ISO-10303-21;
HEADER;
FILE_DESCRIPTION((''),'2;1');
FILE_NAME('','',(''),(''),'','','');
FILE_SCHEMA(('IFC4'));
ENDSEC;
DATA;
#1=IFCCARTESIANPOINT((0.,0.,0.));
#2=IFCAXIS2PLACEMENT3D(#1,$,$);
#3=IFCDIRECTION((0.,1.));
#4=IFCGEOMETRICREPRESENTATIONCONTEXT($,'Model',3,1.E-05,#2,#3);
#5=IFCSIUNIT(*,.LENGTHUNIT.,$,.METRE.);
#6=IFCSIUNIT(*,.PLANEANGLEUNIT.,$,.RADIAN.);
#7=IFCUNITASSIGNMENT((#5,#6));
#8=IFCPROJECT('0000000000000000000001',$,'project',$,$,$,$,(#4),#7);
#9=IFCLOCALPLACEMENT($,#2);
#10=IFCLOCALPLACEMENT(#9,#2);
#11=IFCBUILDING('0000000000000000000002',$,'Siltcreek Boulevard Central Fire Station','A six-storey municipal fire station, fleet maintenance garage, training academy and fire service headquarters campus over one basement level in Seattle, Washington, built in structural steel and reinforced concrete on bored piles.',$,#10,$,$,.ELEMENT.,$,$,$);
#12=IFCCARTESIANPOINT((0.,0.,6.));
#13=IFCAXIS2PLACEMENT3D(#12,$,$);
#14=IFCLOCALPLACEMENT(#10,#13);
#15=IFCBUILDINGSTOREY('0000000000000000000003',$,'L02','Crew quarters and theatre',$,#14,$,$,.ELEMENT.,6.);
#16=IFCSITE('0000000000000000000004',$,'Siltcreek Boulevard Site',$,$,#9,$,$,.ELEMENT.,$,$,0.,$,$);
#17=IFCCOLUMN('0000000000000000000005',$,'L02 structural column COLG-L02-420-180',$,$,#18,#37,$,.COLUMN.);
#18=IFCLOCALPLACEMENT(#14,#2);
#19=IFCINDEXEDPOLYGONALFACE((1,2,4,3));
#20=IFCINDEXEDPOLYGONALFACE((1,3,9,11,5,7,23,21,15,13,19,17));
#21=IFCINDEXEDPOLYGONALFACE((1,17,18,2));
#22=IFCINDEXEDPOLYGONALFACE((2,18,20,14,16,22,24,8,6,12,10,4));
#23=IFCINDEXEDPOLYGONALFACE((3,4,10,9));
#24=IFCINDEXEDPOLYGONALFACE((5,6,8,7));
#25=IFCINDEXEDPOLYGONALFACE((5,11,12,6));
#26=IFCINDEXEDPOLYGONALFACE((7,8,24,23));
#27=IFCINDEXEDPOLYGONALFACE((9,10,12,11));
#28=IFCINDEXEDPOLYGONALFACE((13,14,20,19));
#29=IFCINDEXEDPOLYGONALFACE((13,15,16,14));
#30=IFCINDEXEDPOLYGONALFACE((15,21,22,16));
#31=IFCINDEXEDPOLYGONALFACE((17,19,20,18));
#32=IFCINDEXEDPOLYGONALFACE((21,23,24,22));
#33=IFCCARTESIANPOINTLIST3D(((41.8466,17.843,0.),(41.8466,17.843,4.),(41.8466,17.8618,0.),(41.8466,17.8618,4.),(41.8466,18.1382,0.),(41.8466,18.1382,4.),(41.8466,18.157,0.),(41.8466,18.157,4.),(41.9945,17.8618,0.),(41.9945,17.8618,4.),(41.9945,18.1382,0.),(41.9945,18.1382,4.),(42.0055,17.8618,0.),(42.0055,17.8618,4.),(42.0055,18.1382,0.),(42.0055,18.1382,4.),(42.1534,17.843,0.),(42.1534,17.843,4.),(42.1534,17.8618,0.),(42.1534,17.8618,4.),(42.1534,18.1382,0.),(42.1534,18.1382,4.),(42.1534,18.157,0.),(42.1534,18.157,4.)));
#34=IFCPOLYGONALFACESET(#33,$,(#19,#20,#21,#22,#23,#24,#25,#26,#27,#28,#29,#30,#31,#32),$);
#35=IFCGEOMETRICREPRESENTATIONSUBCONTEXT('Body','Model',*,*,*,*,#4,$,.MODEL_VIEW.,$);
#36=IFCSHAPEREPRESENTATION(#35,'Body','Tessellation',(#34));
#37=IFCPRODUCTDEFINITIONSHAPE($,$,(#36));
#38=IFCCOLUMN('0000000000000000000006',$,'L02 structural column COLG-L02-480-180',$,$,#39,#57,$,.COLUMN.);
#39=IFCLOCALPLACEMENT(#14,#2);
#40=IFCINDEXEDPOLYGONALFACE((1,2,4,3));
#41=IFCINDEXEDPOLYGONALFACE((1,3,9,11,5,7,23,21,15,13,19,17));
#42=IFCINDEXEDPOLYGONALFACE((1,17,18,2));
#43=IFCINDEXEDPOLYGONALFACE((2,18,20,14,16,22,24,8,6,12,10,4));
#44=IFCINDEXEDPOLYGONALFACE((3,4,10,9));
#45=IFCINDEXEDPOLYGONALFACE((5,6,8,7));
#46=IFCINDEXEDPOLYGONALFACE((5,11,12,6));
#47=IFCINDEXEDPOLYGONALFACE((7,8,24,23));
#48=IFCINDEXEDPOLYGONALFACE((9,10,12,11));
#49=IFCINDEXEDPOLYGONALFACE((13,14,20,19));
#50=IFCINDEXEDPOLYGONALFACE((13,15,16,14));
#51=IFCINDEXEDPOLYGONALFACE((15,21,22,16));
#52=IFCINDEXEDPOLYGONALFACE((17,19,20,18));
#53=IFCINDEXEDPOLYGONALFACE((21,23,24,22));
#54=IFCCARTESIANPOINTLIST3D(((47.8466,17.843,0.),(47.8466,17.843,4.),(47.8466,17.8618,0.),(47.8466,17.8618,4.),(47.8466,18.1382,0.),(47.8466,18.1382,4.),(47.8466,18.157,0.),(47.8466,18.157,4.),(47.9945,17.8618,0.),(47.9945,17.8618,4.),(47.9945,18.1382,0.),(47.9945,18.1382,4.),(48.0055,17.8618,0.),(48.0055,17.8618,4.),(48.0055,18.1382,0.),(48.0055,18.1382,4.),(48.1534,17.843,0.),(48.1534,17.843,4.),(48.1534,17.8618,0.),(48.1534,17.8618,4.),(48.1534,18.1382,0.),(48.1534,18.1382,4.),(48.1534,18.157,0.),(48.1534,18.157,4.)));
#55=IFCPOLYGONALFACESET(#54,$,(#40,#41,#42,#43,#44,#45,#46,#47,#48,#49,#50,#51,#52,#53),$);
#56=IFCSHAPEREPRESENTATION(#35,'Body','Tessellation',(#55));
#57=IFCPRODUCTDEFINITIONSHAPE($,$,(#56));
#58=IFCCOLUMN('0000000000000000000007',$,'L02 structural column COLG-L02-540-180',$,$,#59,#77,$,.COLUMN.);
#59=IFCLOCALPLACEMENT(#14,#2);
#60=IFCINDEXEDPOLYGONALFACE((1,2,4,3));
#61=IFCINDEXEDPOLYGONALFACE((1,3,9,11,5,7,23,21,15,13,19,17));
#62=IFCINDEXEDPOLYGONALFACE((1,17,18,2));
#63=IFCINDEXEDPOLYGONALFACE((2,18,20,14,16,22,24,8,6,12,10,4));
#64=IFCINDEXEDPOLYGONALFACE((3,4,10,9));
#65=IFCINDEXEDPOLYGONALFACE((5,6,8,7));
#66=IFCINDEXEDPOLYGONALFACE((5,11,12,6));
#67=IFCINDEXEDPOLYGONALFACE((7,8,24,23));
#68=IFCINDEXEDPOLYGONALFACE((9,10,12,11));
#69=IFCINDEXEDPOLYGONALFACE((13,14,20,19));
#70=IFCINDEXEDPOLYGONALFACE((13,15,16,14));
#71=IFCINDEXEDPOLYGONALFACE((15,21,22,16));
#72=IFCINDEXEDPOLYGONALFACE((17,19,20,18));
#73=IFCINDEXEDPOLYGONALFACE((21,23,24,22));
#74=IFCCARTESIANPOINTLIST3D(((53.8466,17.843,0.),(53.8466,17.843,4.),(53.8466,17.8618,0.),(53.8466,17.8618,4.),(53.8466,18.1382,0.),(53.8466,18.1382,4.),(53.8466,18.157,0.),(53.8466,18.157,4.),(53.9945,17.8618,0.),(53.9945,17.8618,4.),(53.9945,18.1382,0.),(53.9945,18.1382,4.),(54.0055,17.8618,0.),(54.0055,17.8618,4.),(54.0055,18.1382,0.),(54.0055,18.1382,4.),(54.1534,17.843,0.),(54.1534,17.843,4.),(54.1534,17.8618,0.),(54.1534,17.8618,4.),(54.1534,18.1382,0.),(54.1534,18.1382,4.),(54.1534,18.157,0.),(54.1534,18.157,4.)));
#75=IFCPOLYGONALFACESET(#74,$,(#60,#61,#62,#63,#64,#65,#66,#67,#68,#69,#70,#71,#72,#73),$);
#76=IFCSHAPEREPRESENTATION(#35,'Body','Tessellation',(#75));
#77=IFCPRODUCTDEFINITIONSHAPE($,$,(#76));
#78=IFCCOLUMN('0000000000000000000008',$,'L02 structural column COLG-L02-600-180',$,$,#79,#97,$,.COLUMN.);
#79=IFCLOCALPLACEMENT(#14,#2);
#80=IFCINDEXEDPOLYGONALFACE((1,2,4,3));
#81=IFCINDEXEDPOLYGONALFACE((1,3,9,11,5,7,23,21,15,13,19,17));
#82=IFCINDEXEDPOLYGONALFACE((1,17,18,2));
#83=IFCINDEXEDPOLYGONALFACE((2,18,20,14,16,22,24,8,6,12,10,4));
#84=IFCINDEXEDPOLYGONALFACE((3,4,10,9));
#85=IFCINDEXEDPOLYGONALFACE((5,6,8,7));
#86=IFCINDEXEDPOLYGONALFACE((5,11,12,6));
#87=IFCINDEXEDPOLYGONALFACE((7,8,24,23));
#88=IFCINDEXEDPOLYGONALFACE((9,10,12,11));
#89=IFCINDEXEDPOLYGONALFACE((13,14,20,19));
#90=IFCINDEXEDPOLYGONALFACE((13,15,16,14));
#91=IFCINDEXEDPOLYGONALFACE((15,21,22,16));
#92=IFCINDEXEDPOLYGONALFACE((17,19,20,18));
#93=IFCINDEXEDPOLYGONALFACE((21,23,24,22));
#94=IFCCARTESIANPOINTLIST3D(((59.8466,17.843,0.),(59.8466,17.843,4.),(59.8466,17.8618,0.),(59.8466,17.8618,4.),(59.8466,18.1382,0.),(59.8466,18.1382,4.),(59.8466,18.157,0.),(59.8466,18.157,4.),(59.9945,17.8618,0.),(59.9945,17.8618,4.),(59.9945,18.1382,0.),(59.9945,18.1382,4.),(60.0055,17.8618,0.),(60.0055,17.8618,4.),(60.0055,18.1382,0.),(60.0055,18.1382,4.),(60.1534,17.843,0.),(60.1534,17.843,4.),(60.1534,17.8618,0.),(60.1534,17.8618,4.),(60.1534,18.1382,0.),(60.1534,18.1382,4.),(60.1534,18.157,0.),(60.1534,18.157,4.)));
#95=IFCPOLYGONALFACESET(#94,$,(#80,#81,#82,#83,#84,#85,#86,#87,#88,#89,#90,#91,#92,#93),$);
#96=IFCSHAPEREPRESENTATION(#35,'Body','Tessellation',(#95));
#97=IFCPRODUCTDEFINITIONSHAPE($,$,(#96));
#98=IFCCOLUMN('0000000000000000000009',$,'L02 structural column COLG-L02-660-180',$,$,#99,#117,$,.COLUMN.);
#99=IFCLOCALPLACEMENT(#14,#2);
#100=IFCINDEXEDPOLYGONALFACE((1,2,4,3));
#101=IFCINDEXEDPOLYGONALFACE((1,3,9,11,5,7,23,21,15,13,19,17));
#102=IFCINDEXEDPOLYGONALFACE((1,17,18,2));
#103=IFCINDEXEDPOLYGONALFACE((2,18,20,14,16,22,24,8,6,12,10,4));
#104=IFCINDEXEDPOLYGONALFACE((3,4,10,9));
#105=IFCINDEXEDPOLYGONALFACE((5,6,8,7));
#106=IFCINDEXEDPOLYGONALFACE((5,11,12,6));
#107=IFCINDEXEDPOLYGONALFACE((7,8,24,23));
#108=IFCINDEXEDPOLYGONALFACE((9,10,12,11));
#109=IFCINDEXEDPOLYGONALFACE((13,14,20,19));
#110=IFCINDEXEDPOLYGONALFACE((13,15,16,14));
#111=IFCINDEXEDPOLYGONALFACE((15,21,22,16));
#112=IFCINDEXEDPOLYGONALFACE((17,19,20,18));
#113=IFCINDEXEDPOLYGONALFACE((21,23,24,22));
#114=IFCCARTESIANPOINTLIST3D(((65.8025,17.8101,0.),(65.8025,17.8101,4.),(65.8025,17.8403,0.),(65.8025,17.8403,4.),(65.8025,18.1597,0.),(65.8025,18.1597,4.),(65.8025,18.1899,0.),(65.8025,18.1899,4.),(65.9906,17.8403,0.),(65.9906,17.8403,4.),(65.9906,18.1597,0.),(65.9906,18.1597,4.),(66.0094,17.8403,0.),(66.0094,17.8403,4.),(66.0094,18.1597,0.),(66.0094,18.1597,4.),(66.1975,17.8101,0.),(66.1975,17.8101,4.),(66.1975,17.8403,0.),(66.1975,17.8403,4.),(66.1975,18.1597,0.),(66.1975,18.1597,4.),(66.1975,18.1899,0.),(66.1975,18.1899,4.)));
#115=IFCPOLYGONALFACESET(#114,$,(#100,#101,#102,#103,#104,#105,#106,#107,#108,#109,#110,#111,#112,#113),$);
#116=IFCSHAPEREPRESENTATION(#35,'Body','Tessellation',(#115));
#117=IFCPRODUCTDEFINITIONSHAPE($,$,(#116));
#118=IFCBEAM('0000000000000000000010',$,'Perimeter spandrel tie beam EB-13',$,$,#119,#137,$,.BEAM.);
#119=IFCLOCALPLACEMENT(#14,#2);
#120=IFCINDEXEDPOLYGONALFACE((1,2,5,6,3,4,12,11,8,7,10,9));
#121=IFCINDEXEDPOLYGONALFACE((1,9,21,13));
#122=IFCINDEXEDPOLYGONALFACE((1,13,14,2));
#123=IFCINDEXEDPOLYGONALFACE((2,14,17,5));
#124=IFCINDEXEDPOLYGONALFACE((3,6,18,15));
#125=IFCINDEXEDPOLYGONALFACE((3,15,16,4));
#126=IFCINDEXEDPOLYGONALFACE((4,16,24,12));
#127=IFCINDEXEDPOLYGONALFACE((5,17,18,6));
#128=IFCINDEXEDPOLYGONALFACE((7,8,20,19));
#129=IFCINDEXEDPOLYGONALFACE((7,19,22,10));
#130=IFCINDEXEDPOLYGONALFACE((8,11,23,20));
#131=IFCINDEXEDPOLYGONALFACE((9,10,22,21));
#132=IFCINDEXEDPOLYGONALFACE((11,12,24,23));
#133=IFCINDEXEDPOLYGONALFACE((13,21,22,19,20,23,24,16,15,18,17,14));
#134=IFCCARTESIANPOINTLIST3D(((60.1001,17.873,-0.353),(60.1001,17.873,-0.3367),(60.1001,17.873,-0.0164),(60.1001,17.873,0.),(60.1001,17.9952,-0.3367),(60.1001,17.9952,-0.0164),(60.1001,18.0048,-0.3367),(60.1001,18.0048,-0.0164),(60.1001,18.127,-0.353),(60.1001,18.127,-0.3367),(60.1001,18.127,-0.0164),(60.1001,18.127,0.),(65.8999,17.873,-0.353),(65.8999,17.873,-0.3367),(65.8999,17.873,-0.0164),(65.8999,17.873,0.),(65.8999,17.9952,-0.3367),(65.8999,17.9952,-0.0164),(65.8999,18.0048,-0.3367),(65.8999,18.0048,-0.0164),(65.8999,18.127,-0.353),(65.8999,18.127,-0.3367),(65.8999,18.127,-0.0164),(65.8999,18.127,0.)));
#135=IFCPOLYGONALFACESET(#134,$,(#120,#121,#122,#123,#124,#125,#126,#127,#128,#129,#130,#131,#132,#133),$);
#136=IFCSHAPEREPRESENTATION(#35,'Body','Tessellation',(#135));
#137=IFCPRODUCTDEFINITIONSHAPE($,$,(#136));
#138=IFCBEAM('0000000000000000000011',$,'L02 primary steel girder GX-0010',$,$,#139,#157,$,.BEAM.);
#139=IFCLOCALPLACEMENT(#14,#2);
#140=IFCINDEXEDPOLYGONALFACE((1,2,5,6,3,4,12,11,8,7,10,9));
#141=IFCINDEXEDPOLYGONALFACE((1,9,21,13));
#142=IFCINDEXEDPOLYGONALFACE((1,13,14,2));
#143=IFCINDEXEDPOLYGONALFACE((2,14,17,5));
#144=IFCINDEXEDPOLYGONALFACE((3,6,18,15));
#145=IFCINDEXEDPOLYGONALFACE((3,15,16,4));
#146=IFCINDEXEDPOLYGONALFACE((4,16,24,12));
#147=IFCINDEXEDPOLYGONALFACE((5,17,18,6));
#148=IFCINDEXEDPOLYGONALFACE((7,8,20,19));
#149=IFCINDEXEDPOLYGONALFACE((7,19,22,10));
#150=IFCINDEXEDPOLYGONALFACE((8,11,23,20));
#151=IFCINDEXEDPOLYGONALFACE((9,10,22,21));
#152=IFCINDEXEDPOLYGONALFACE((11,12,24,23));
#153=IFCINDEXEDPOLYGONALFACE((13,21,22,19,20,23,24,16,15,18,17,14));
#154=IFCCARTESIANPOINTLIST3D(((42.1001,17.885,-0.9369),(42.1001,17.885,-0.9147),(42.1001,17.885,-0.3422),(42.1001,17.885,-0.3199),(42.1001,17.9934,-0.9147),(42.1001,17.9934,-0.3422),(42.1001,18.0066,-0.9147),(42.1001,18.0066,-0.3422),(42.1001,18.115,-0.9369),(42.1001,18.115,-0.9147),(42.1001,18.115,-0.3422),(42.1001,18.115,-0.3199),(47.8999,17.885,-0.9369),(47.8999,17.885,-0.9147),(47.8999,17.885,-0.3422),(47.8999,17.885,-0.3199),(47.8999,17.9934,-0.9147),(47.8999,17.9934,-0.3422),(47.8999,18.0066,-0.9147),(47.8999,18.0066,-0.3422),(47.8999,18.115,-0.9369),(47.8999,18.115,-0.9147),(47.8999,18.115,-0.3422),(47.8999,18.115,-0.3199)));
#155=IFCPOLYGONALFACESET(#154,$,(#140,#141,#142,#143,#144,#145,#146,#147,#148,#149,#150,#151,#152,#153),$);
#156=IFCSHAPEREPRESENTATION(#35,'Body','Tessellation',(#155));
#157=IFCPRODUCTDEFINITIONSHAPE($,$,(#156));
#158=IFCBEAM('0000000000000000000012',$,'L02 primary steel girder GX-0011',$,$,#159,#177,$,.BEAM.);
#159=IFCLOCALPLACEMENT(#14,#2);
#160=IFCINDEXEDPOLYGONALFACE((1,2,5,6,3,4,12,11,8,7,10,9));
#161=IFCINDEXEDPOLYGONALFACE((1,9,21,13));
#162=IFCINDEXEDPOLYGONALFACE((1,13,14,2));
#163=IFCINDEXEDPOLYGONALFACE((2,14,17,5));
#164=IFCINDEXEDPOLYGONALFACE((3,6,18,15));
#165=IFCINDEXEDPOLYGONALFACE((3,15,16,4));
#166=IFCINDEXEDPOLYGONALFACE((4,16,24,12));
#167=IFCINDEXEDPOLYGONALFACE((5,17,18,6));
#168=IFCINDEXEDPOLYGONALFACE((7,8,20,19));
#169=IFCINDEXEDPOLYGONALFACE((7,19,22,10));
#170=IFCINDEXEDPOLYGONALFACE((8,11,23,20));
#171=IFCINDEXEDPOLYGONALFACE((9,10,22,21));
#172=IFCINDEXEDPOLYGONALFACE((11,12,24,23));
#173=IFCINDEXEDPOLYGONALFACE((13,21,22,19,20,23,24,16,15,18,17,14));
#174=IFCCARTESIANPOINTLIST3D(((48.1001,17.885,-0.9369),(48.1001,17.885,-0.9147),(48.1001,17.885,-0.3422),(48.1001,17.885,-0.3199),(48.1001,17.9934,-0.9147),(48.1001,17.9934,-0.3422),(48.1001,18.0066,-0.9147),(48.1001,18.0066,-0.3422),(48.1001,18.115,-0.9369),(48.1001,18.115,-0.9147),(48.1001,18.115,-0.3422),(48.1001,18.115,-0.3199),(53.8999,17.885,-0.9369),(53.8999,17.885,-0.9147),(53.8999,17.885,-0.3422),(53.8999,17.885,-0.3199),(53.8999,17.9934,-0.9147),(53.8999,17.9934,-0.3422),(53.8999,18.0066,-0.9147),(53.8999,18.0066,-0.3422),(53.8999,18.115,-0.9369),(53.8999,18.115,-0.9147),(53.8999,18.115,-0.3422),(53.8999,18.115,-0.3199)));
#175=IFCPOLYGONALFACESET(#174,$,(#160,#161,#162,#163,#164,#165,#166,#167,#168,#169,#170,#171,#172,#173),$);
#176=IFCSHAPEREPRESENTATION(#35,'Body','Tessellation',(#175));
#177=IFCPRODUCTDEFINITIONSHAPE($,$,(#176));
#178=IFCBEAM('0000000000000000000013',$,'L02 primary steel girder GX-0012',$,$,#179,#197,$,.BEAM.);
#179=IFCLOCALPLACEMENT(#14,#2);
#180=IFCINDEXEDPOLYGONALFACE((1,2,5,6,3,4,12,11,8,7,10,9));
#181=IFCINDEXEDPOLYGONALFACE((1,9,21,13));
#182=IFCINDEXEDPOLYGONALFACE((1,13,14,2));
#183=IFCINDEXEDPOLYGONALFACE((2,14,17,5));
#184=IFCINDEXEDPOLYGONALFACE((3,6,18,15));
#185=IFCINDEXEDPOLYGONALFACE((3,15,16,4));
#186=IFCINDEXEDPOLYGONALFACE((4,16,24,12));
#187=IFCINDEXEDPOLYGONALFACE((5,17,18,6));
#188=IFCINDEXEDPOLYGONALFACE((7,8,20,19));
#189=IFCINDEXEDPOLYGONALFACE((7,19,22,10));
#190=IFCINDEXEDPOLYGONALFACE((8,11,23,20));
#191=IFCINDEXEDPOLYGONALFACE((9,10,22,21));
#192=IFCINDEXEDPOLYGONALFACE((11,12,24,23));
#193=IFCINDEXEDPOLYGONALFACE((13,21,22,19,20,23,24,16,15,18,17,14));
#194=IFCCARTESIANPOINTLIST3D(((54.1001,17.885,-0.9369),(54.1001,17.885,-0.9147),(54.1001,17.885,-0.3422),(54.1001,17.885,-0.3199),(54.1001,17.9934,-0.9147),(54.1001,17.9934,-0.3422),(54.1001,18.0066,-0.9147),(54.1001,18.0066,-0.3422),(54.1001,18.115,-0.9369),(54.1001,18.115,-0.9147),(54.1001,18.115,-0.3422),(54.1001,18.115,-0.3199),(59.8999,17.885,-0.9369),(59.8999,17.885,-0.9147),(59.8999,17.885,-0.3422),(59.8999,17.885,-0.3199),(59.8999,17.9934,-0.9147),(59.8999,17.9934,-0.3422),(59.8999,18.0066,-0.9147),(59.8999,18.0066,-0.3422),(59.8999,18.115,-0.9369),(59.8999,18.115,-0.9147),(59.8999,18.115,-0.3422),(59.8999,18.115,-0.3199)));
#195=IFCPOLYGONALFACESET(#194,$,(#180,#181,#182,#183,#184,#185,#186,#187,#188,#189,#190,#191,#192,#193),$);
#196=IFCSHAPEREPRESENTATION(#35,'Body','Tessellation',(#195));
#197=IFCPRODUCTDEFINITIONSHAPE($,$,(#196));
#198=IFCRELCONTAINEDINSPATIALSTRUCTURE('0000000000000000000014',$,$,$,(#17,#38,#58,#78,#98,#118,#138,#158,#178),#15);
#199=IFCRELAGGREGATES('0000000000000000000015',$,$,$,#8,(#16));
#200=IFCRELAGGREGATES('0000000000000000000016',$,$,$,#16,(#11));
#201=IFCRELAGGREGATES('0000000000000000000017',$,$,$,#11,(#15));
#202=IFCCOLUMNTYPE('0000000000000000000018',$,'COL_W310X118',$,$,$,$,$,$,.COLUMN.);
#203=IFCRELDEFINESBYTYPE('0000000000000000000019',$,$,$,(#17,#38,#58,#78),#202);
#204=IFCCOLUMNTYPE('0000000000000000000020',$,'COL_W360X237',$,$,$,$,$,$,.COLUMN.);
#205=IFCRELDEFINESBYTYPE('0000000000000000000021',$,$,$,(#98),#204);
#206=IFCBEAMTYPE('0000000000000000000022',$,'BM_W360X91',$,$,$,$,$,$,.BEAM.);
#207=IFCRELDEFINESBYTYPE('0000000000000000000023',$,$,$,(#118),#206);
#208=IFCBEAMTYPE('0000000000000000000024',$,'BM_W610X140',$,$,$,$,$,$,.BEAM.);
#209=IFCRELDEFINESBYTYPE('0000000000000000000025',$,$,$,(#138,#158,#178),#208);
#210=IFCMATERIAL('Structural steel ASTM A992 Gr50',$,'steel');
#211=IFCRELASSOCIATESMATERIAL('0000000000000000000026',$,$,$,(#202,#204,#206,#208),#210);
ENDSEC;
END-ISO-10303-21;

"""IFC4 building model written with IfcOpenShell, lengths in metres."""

from ifc_helpers import new_model, si_unit, direction, frame, origin, origin_2d, place, context, subcontext, project, spatial, i_section, extrude, material, material_profile, profile_set, type_object, element, save


model = new_model("IFC4")

# Units and contexts
model_context = context("Model", 3, precision=1e-05, world=origin(), true_north=direction((0.0, 1.0)))
body_context = subcontext(model_context, "Body", "Model", "MODEL_VIEW")
ifc_project = project(units=[si_unit("LENGTHUNIT", "METRE"), si_unit("PLANEANGLEUNIT", "RADIAN")], contexts=[model_context])

# Site, building, storey
site_placement = place(None, origin())
site = spatial("IfcSite", under=ifc_project, at=site_placement, Name="Siltcreek Boulevard Site", CompositionType="ELEMENT", RefElevation=0.0)
building_placement = place(site_placement, origin())
building = spatial("IfcBuilding", under=site, at=building_placement, Name="Siltcreek Boulevard Central Fire Station", Description="A six-storey municipal fire station, fleet maintenance garage, training academy and fire service headquarters campus over one basement level in Seattle, Washington, built in structural steel and reinforced concrete on bored piles.", CompositionType="ELEMENT")
storey_placement = place(building_placement, frame((0.0, 0.0, 6.0)))
storey = spatial("IfcBuildingStorey", under=building, at=storey_placement, Name="L02", Description="Crew quarters and theatre", CompositionType="ELEMENT", Elevation=6.0)

# Columns
ifc_material_1 = material(Name="Structural steel ASTM A992 Gr50", Category="steel")
ifc_material_profile_1 = material_profile(ifc_material_1, i_section(OverallWidth=0.3069, OverallDepth=0.314, WebThickness=0.011, FlangeThickness=0.0188, at=origin_2d()), Name="W310X118")
ifc_profile_set_1 = profile_set([ifc_material_profile_1], Name="Structural steel ASTM A992 Gr50")
column_type_1 = type_object("IfcColumnType", Name="COL_W310X118", PredefinedType="COLUMN", material=ifc_profile_set_1)
for number, where, z_axis, x_axis, name in (
    (1, (42.0, 18.0, 0.0), (0.0, 0.0, 1.0), (1.0, 0.0, 0.0), "L02 structural column COLG-L02-420-180"),
    (2, (48.0, 18.0, 0.0), (0.0, 0.0, 1.0), (1.0, 0.0, 0.0), "L02 structural column COLG-L02-480-180"),
    (3, (54.0, 18.0, 0.0), (0.0, 0.0, 1.0), (1.0, 0.0, 0.0), "L02 structural column COLG-L02-540-180"),
    (4, (60.0, 18.0, 0.0), (0.0, 0.0, 1.0), (1.0, 0.0, 0.0), "L02 structural column COLG-L02-600-180"),
):
    element("IfcColumn", number, at=place(storey_placement, frame(where, z_axis=z_axis, x_axis=x_axis)), inside=storey, type_object=column_type_1, Name=name, PredefinedType="COLUMN", context=body_context, shape_type="SweptSolid", body=[
        extrude(i_section(OverallWidth=0.3069, OverallDepth=0.314, WebThickness=0.011, FlangeThickness=0.0188, at=origin_2d()), origin(), (0.0, 0.0, 1.0), 4.0),
    ])
ifc_material_profile_2 = material_profile(ifc_material_1, i_section(OverallWidth=0.395, OverallDepth=0.3799, WebThickness=0.0188, FlangeThickness=0.0303, at=origin_2d()), Name="W360X237")
ifc_profile_set_2 = profile_set([ifc_material_profile_2], Name="Structural steel ASTM A992 Gr50")
column_type_2 = type_object("IfcColumnType", Name="COL_W360X237", PredefinedType="COLUMN", material=ifc_profile_set_2)
column_placement = place(storey_placement, frame((66.0, 18.0, 0.0), z_axis=(0.0, 0.0, 1.0), x_axis=(1.0, 0.0, 0.0)))
element("IfcColumn", 5, at=column_placement, inside=storey, type_object=column_type_2, Name="L02 structural column COLG-L02-660-180", PredefinedType="COLUMN", context=body_context, shape_type="SweptSolid", body=[
    extrude(i_section(OverallWidth=0.395, OverallDepth=0.3799, WebThickness=0.0188, FlangeThickness=0.0303, at=origin_2d()), origin(), (0.0, 0.0, 1.0), 4.0),
])

# Beams
ifc_material_profile_3 = material_profile(ifc_material_1, i_section(OverallWidth=0.2539, OverallDepth=0.353, WebThickness=0.0095, FlangeThickness=0.0164, at=origin_2d()), Name="W360X91")
ifc_profile_set_3 = profile_set([ifc_material_profile_3], Name="Structural steel ASTM A992 Gr50")
beam_type_1 = type_object("IfcBeamType", Name="BM_W360X91", PredefinedType="BEAM", material=ifc_profile_set_3)
beam_1_placement = place(storey_placement, frame((60.1001, 18.0, -0.1765), z_axis=(1.0, 0.0, 0.0), x_axis=(0.0, 1.0, 0.0)))
element("IfcBeam", 6, at=beam_1_placement, inside=storey, type_object=beam_type_1, Name="Perimeter spandrel tie beam EB-13", PredefinedType="BEAM", context=body_context, shape_type="SweptSolid", body=[
    extrude(i_section(OverallWidth=0.2539, OverallDepth=0.353, WebThickness=0.0095, FlangeThickness=0.0164, at=origin_2d()), origin(), (0.0, 0.0, 1.0), 5.7998),
])
ifc_material_profile_4 = material_profile(ifc_material_1, i_section(OverallWidth=0.23, OverallDepth=0.6169, WebThickness=0.0132, FlangeThickness=0.0222, at=origin_2d()), Name="W610X140")
ifc_profile_set_4 = profile_set([ifc_material_profile_4], Name="Structural steel ASTM A992 Gr50")
beam_type_2 = type_object("IfcBeamType", Name="BM_W610X140", PredefinedType="BEAM", material=ifc_profile_set_4)
for number, where, z_axis, x_axis, name in (
    (7, (42.1001, 18.0, -0.6284), (1.0, 0.0, 0.0), (0.0, 1.0, 0.0), "L02 primary steel girder GX-0010"),
    (8, (48.1001, 18.0, -0.6284), (1.0, 0.0, 0.0), (0.0, 1.0, 0.0), "L02 primary steel girder GX-0011"),
    (9, (54.1001, 18.0, -0.6284), (1.0, 0.0, 0.0), (0.0, 1.0, 0.0), "L02 primary steel girder GX-0012"),
):
    element("IfcBeam", number, at=place(storey_placement, frame(where, z_axis=z_axis, x_axis=x_axis)), inside=storey, type_object=beam_type_2, Name=name, PredefinedType="BEAM", context=body_context, shape_type="SweptSolid", body=[
        extrude(i_section(OverallWidth=0.23, OverallDepth=0.6169, WebThickness=0.0132, FlangeThickness=0.0222, at=origin_2d()), origin(), (0.0, 0.0, 1.0), 5.7998),
    ])

save(model, "model.ifc")
